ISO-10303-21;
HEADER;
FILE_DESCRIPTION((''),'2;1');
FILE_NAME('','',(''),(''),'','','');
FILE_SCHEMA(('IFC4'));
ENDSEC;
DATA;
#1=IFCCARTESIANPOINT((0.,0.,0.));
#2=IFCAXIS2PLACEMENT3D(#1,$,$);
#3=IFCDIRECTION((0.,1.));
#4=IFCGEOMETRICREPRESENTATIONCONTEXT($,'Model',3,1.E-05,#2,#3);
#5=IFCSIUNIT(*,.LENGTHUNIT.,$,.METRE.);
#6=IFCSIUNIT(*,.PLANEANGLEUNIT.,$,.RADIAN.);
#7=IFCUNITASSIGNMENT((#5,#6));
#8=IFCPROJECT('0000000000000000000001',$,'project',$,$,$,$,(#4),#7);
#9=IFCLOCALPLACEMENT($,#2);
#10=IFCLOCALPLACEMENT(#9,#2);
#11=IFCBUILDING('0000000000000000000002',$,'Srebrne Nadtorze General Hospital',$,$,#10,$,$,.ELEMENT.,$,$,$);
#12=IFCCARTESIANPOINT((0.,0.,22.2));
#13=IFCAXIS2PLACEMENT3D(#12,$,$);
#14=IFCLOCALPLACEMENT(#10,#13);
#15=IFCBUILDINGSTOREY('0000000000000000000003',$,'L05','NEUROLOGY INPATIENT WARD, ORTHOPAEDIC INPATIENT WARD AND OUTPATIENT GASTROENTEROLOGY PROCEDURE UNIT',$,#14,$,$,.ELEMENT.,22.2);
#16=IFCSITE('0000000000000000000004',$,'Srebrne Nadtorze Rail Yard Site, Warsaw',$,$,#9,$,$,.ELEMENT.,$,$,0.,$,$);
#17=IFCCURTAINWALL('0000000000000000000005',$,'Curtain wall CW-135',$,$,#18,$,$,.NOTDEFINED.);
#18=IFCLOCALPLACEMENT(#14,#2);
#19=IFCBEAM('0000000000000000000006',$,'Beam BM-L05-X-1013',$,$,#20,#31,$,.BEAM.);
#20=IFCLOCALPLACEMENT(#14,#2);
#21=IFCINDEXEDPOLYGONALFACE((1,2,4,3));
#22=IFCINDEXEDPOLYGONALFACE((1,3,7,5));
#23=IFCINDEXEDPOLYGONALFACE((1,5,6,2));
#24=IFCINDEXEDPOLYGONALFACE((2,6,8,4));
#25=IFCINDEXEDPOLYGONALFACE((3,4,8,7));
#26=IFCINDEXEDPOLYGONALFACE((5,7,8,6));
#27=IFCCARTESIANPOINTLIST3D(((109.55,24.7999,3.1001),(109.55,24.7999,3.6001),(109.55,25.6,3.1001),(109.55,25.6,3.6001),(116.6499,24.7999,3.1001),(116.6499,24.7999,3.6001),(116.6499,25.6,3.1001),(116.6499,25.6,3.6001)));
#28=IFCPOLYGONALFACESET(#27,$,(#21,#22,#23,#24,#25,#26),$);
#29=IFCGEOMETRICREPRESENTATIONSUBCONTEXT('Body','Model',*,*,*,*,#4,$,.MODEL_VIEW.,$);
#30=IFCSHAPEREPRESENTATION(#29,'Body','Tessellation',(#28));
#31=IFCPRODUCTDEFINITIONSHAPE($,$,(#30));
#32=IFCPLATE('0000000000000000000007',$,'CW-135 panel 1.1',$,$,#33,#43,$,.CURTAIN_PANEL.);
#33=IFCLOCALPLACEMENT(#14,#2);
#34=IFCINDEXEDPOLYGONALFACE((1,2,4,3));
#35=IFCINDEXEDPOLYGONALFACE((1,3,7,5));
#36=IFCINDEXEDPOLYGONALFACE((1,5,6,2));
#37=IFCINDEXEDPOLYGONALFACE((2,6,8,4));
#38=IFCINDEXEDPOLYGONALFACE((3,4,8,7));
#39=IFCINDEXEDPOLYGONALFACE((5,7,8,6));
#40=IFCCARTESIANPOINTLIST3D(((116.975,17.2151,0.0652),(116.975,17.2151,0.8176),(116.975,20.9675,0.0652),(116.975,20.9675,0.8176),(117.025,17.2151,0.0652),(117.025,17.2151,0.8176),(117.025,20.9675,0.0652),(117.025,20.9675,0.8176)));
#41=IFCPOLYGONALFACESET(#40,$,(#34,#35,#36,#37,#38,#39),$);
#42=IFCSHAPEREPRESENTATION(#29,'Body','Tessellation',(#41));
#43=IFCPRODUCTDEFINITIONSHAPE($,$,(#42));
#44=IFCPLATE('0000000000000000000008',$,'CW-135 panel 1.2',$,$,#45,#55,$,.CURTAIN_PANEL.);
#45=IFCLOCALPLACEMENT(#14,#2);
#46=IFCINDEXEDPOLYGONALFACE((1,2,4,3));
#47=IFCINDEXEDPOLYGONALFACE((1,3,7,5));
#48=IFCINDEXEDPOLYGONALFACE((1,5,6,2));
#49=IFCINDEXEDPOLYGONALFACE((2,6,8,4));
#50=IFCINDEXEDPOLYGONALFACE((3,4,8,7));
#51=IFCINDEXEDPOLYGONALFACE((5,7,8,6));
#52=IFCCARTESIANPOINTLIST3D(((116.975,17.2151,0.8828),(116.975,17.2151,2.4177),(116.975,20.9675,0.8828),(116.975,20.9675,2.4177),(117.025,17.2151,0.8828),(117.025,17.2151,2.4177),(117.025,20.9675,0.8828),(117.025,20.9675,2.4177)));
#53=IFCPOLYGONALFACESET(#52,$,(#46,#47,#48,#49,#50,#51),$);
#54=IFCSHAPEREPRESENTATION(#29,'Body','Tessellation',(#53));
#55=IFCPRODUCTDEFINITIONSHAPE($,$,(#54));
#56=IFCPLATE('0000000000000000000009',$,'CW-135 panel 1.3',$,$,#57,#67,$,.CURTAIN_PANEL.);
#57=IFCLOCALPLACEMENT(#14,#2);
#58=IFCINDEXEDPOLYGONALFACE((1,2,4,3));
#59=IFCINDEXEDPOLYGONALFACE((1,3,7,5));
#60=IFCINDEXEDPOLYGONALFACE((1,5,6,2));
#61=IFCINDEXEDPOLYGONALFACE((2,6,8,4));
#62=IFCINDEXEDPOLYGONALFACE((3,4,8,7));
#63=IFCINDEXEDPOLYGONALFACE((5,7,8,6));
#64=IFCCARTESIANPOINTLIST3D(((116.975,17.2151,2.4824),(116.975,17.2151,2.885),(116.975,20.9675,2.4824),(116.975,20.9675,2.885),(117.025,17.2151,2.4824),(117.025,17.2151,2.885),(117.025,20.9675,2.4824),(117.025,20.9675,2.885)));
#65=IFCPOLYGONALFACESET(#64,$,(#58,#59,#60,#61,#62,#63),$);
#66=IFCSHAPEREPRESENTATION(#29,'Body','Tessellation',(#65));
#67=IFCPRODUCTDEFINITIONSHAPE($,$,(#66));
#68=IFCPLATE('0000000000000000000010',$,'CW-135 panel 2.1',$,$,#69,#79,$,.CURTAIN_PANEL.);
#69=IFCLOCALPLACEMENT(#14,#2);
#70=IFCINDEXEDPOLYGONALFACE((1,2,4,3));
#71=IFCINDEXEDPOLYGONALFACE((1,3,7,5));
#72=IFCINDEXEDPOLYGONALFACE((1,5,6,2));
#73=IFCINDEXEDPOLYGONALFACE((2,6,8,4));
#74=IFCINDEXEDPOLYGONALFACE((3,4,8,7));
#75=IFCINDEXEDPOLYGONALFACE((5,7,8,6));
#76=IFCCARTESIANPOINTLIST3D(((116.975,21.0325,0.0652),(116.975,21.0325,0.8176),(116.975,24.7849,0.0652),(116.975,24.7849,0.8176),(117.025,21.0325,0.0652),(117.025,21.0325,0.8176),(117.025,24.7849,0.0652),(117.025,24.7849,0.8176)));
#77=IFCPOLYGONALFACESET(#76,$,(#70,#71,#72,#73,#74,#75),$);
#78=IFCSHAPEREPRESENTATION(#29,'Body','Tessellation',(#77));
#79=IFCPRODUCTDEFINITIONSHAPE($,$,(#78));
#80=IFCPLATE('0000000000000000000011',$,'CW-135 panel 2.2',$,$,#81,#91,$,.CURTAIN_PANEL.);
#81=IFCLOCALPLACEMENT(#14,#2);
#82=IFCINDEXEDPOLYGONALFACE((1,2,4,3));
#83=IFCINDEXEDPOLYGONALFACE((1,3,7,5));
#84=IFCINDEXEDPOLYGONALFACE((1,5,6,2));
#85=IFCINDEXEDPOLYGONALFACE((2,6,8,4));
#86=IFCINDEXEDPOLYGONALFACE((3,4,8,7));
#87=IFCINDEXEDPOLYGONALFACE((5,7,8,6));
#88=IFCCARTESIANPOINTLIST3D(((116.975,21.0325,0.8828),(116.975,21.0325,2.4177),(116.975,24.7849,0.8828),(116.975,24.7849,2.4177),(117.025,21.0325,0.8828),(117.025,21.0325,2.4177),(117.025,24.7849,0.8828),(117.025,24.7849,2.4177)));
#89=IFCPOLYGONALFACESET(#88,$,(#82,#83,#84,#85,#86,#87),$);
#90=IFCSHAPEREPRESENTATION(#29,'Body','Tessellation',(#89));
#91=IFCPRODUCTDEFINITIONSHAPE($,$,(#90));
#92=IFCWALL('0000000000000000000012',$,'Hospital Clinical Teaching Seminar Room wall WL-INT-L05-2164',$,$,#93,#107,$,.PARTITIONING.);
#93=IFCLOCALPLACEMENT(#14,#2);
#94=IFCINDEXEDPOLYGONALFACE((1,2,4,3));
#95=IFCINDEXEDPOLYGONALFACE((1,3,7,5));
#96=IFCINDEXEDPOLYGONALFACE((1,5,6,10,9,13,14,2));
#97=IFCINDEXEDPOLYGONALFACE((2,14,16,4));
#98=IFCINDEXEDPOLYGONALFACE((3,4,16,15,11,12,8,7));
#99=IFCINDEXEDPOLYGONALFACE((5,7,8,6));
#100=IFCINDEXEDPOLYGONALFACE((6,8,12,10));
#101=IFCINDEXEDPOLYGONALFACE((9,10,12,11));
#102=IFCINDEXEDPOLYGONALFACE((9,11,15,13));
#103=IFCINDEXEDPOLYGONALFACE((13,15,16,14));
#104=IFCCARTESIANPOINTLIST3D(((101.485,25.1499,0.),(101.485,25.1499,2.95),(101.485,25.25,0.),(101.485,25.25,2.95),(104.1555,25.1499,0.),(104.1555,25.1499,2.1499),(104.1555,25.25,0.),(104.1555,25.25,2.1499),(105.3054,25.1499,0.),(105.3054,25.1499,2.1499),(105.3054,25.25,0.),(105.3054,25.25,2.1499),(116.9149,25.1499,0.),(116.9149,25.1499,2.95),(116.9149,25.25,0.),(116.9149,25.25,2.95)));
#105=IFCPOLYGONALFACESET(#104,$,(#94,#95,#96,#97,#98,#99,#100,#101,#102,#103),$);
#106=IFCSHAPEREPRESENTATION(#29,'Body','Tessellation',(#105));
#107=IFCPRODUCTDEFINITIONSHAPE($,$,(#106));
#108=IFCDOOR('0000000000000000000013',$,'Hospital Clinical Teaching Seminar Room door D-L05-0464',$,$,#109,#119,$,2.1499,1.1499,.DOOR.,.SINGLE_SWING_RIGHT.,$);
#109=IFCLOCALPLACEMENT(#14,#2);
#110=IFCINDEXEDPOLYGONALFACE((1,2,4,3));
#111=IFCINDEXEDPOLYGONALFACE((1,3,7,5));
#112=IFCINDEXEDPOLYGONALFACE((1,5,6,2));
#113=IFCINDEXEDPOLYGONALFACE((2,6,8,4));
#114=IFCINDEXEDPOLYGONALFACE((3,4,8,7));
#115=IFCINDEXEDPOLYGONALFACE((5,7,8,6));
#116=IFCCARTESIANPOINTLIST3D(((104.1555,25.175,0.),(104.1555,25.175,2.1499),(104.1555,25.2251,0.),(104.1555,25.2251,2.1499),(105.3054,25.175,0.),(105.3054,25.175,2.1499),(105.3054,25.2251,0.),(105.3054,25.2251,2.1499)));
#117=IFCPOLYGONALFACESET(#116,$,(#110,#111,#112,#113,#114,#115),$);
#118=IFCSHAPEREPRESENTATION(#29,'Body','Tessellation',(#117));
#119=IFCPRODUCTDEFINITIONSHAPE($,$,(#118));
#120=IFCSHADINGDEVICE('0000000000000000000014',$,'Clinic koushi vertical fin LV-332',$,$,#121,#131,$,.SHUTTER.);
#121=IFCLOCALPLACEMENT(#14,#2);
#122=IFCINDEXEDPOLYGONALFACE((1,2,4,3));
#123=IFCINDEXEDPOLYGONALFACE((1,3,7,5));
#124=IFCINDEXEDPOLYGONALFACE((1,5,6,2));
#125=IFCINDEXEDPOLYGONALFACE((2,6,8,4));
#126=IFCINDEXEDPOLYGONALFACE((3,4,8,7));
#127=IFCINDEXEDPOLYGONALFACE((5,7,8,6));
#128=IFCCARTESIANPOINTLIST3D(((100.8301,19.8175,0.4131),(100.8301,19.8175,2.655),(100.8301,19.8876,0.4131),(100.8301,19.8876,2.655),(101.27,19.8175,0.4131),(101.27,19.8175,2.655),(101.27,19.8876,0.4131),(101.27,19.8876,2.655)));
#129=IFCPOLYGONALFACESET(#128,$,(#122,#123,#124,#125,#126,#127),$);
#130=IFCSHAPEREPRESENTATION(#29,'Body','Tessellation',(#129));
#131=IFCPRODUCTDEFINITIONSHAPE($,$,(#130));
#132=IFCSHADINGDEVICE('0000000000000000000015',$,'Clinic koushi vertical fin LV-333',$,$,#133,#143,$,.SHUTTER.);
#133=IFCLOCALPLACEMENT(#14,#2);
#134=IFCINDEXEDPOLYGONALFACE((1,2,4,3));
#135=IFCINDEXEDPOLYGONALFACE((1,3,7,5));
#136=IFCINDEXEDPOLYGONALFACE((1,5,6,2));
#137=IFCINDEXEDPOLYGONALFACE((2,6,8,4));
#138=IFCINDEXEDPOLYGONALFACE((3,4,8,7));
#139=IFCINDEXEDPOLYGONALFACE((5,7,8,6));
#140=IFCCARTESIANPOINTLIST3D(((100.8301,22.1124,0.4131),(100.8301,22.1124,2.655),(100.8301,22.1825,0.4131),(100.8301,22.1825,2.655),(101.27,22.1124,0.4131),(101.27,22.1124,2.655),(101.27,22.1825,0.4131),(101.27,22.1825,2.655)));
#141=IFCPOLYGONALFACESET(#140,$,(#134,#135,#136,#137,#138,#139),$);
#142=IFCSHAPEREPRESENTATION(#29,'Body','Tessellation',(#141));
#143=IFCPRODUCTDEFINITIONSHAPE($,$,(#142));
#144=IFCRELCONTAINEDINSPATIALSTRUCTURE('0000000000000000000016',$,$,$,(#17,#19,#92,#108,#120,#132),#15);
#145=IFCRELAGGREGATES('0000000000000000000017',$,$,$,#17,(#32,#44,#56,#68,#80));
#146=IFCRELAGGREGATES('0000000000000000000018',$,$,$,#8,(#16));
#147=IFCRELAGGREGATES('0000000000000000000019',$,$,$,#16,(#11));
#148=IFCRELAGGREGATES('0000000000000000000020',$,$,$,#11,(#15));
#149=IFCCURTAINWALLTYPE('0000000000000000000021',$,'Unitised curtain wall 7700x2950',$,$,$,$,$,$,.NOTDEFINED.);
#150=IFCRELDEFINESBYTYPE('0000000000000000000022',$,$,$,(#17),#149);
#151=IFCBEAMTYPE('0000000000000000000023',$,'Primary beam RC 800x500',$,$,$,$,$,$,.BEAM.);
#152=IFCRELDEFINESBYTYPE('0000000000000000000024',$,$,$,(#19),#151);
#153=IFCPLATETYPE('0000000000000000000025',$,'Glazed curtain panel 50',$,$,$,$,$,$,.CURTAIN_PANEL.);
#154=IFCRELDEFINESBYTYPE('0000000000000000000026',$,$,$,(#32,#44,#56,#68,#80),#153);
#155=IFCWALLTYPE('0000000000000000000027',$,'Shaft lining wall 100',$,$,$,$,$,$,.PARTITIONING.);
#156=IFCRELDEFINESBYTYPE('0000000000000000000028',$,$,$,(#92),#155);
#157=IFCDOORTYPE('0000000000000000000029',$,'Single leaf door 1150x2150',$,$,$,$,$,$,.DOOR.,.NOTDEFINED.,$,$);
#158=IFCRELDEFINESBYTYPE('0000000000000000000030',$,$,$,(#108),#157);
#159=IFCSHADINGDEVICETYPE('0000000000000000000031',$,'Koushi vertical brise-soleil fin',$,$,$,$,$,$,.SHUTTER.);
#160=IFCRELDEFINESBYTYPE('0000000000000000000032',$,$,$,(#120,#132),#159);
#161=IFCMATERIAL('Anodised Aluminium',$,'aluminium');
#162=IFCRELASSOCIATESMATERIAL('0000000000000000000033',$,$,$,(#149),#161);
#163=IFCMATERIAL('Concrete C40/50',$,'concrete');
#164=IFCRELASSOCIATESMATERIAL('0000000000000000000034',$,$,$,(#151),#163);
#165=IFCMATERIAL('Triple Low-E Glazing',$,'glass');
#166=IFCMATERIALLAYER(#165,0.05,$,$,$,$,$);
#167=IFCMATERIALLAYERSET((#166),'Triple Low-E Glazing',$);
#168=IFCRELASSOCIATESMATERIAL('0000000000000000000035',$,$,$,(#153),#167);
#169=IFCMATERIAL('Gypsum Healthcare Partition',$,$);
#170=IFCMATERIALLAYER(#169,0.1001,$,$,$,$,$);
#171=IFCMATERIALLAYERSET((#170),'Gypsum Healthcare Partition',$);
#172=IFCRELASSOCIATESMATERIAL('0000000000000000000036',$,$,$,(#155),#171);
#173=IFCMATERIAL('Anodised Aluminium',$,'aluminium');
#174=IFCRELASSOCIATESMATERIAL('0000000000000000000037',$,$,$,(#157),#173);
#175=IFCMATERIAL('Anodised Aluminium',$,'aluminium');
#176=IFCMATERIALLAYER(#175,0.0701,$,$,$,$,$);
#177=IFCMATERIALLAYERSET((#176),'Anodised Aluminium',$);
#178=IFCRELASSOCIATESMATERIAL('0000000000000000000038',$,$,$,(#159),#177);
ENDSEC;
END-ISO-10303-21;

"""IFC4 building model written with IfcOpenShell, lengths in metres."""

from ifc_helpers import new_model, si_unit, direction, frame, frame_2d, origin, origin_2d, place, context, subcontext, project, spatial, rectangle, extrude, material, layer, layer_set, material_profile, profile_set, type_object, element, fill, aggregate, save


model = new_model("IFC4")

# Units and contexts
model_context = context("Model", 3, precision=1e-05, world=origin(), true_north=direction((0.0, 1.0)))
body_context = subcontext(model_context, "Body", "Model", "MODEL_VIEW")
ifc_project = project(units=[si_unit("LENGTHUNIT", "METRE"), si_unit("PLANEANGLEUNIT", "RADIAN")], contexts=[model_context])

# Site, building, storey
site_placement = place(None, origin())
site = spatial("IfcSite", under=ifc_project, at=site_placement, Name="Srebrne Nadtorze Rail Yard Site, Warsaw", CompositionType="ELEMENT", RefElevation=0.0)
building_placement = place(site_placement, origin())
building = spatial("IfcBuilding", under=site, at=building_placement, Name="Srebrne Nadtorze General Hospital", CompositionType="ELEMENT")
storey_placement = place(building_placement, frame((0.0, 0.0, 22.2)))
storey = spatial("IfcBuildingStorey", under=building, at=storey_placement, Name="L05", Description="NEUROLOGY INPATIENT WARD, ORTHOPAEDIC INPATIENT WARD AND OUTPATIENT GASTROENTEROLOGY PROCEDURE UNIT", CompositionType="ELEMENT", Elevation=22.2)

# Curtain wall
ifc_material_1 = material(Name="Anodised Aluminium", Category="aluminium")
curtain_wall_type = type_object("IfcCurtainWallType", Name="Unitised curtain wall 7700x2950", PredefinedType="NOTDEFINED", material=ifc_material_1)
curtain_wall_placement = place(storey_placement, origin())
curtain_wall = element("IfcCurtainWall", 1, at=curtain_wall_placement, inside=storey, type_object=curtain_wall_type, Name="Curtain wall CW-135", PredefinedType="NOTDEFINED")

# Beam
ifc_material_2 = material(Name="Concrete C40/50", Category="concrete")
ifc_material_profile_1 = material_profile(ifc_material_2, rectangle(XDim=0.8, YDim=0.5, at=origin_2d()), Name="RC-BM-800x500")
ifc_profile_set_1 = profile_set([ifc_material_profile_1], Name="Concrete C40/50")
beam_type = type_object("IfcBeamType", Name="Primary beam RC 800x500", PredefinedType="BEAM", material=ifc_profile_set_1)
beam_1_placement = place(storey_placement, frame((109.55, 25.2, 3.3501), z_axis=(1.0, 0.0, 0.0), x_axis=(0.0, 1.0, 0.0)))
element("IfcBeam", 2, at=beam_1_placement, inside=storey, type_object=beam_type, Name="Beam BM-L05-X-1013", PredefinedType="BEAM", context=body_context, shape_type="SweptSolid", body=[
    extrude(rectangle(XDim=0.8, YDim=0.5, at=origin_2d()), origin(), (0.0, 0.0, 1.0), 7.0999),
])

# Plates
ifc_material_3 = material(Name="Triple Low-E Glazing", Category="glass")
ifc_layer_1 = layer(ifc_material_3, 0.05)
ifc_layer_set_1 = layer_set([ifc_layer_1], Name="Triple Low-E Glazing")
plate_type = type_object("IfcPlateType", Name="Glazed curtain panel 50", PredefinedType="CURTAIN_PANEL", material=ifc_layer_set_1)
plate_1_placement = place(storey_placement, frame((117.0, 19.0913, 0.0652), z_axis=(0.0, 0.0, 1.0), x_axis=(0.0, 1.0, 0.0)))
plate_1 = element("IfcPlate", 3, at=plate_1_placement, type_object=plate_type, Name="CW-135 panel 1.1", PredefinedType="CURTAIN_PANEL", context=body_context, shape_type="SweptSolid", body=[
    extrude(rectangle(XDim=3.7524, YDim=0.05, at=origin_2d()), origin(), (0.0, 0.0, 1.0), 0.7524),
])
plate_2_placement = place(storey_placement, frame((117.0, 19.0913, 0.8828), z_axis=(0.0, 0.0, 1.0), x_axis=(0.0, 1.0, 0.0)))
plate_2 = element("IfcPlate", 4, at=plate_2_placement, type_object=plate_type, Name="CW-135 panel 1.2", PredefinedType="CURTAIN_PANEL", context=body_context, shape_type="SweptSolid", body=[
    extrude(rectangle(XDim=3.7524, YDim=0.05, at=origin_2d()), origin(), (0.0, 0.0, 1.0), 1.5349),
])
plate_3_placement = place(storey_placement, frame((117.0, 19.0913, 2.4824), z_axis=(0.0, 0.0, 1.0), x_axis=(0.0, 1.0, 0.0)))
plate_3 = element("IfcPlate", 5, at=plate_3_placement, type_object=plate_type, Name="CW-135 panel 1.3", PredefinedType="CURTAIN_PANEL", context=body_context, shape_type="SweptSolid", body=[
    extrude(rectangle(XDim=3.7524, YDim=0.05, at=origin_2d()), origin(), (0.0, 0.0, 1.0), 0.4026),
])
plate_4_placement = place(storey_placement, frame((117.0, 22.9087, 0.0652), z_axis=(0.0, 0.0, 1.0), x_axis=(0.0, 1.0, 0.0)))
plate_4 = element("IfcPlate", 6, at=plate_4_placement, type_object=plate_type, Name="CW-135 panel 2.1", PredefinedType="CURTAIN_PANEL", context=body_context, shape_type="SweptSolid", body=[
    extrude(rectangle(XDim=3.7524, YDim=0.05, at=origin_2d()), origin(), (0.0, 0.0, 1.0), 0.7524),
])
plate_5_placement = place(storey_placement, frame((117.0, 22.9087, 0.8828), z_axis=(0.0, 0.0, 1.0), x_axis=(0.0, 1.0, 0.0)))
plate_5 = element("IfcPlate", 7, at=plate_5_placement, type_object=plate_type, Name="CW-135 panel 2.2", PredefinedType="CURTAIN_PANEL", context=body_context, shape_type="SweptSolid", body=[
    extrude(rectangle(XDim=3.7524, YDim=0.05, at=origin_2d()), origin(), (0.0, 0.0, 1.0), 1.5349),
])
aggregate(curtain_wall, [plate_1, plate_2, plate_3, plate_4, plate_5])

# Wall, opening, door
ifc_material_4 = material(Name="Gypsum Healthcare Partition")
ifc_layer_2 = layer(ifc_material_4, 0.1001)
ifc_layer_set_2 = layer_set([ifc_layer_2], Name="Gypsum Healthcare Partition")
wall_type = type_object("IfcWallType", Name="Shaft lining wall 100", PredefinedType="PARTITIONING", material=ifc_layer_set_2)
wall_placement = place(storey_placement, frame((101.4851, 25.2, 0.0), z_axis=(0.0, 0.0, 1.0), x_axis=(1.0, 0.0, 0.0)))
wall = element("IfcWall", 8, at=wall_placement, inside=storey, type_object=wall_type, Name="Hospital Clinical Teaching Seminar Room wall WL-INT-L05-2164", PredefinedType="PARTITIONING", context=body_context, shape_type="SweptSolid", body=[
    extrude(rectangle(XDim=15.4299, YDim=0.1001, at=frame_2d((7.7148, 0.0))), origin(), (0.0, 0.0, 1.0), 2.95),
])
opening_placement = place(wall_placement, frame((2.6704, 0.0, 0.0)))
opening = element("IfcOpeningElement", 9, at=opening_placement, cuts=wall, PredefinedType="OPENING", context=body_context, shape_type="SweptSolid", body=[
    extrude(rectangle(XDim=1.1499, YDim=2.1499, at=frame_2d((0.575, 1.075))), frame((0.0, 0.062, 0.0), z_axis=(0.0, -1.0, 0.0), x_axis=(1.0, 0.0, 0.0)), (0.0, 0.0, 1.0), 0.124),
])
ifc_material_5 = material(Name="Anodised Aluminium", Category="aluminium")
door_type = type_object("IfcDoorType", Name="Single leaf door 1150x2150", OperationType="NOTDEFINED", PredefinedType="DOOR", material=ifc_material_5)
door_placement = place(opening_placement, frame((1.1499, 0.0, 0.0), z_axis=(0.0, 0.0, 1.0), x_axis=(-1.0, 0.0, 0.0)))
door = element("IfcDoor", 10, at=door_placement, inside=storey, type_object=door_type, Name="Hospital Clinical Teaching Seminar Room door D-L05-0464", OperationType="SINGLE_SWING_RIGHT", OverallHeight=2.1499, OverallWidth=1.1499, PredefinedType="DOOR", context=body_context, shape_type="SweptSolid", body=[
    extrude(rectangle(XDim=1.1499, YDim=2.1499, at=frame_2d((0.575, 1.075))), frame((0.0, 0.0249, 0.0), z_axis=(0.0, -1.0, 0.0), x_axis=(1.0, 0.0, 0.0)), (0.0, 0.0, 1.0), 0.05),
])
fill(opening, door)

# Shading devices
ifc_material_6 = material(Name="Anodised Aluminium", Category="aluminium")
ifc_layer_3 = layer(ifc_material_6, 0.0701)
ifc_layer_set_3 = layer_set([ifc_layer_3], Name="Anodised Aluminium")
shading_device_type = type_object("IfcShadingDeviceType", Name="Koushi vertical brise-soleil fin", PredefinedType="SHUTTER", material=ifc_layer_set_3)
for number, where, z_axis, x_axis, name in (
    (11, (101.05, 19.8525, 0.4131), (0.0, 0.0, 1.0), (1.0, 0.0, 0.0), "Clinic koushi vertical fin LV-332"),
    (12, (101.05, 22.1475, 0.4131), (0.0, 0.0, 1.0), (1.0, 0.0, 0.0), "Clinic koushi vertical fin LV-333"),
):
    element("IfcShadingDevice", number, at=place(storey_placement, frame(where, z_axis=z_axis, x_axis=x_axis)), inside=storey, type_object=shading_device_type, Name=name, PredefinedType="SHUTTER", context=body_context, shape_type="SweptSolid", body=[
        extrude(rectangle(XDim=0.4399, YDim=0.0701, at=origin_2d()), origin(), (0.0, 0.0, 1.0), 2.2419),
    ])

save(model, "model.ifc")
